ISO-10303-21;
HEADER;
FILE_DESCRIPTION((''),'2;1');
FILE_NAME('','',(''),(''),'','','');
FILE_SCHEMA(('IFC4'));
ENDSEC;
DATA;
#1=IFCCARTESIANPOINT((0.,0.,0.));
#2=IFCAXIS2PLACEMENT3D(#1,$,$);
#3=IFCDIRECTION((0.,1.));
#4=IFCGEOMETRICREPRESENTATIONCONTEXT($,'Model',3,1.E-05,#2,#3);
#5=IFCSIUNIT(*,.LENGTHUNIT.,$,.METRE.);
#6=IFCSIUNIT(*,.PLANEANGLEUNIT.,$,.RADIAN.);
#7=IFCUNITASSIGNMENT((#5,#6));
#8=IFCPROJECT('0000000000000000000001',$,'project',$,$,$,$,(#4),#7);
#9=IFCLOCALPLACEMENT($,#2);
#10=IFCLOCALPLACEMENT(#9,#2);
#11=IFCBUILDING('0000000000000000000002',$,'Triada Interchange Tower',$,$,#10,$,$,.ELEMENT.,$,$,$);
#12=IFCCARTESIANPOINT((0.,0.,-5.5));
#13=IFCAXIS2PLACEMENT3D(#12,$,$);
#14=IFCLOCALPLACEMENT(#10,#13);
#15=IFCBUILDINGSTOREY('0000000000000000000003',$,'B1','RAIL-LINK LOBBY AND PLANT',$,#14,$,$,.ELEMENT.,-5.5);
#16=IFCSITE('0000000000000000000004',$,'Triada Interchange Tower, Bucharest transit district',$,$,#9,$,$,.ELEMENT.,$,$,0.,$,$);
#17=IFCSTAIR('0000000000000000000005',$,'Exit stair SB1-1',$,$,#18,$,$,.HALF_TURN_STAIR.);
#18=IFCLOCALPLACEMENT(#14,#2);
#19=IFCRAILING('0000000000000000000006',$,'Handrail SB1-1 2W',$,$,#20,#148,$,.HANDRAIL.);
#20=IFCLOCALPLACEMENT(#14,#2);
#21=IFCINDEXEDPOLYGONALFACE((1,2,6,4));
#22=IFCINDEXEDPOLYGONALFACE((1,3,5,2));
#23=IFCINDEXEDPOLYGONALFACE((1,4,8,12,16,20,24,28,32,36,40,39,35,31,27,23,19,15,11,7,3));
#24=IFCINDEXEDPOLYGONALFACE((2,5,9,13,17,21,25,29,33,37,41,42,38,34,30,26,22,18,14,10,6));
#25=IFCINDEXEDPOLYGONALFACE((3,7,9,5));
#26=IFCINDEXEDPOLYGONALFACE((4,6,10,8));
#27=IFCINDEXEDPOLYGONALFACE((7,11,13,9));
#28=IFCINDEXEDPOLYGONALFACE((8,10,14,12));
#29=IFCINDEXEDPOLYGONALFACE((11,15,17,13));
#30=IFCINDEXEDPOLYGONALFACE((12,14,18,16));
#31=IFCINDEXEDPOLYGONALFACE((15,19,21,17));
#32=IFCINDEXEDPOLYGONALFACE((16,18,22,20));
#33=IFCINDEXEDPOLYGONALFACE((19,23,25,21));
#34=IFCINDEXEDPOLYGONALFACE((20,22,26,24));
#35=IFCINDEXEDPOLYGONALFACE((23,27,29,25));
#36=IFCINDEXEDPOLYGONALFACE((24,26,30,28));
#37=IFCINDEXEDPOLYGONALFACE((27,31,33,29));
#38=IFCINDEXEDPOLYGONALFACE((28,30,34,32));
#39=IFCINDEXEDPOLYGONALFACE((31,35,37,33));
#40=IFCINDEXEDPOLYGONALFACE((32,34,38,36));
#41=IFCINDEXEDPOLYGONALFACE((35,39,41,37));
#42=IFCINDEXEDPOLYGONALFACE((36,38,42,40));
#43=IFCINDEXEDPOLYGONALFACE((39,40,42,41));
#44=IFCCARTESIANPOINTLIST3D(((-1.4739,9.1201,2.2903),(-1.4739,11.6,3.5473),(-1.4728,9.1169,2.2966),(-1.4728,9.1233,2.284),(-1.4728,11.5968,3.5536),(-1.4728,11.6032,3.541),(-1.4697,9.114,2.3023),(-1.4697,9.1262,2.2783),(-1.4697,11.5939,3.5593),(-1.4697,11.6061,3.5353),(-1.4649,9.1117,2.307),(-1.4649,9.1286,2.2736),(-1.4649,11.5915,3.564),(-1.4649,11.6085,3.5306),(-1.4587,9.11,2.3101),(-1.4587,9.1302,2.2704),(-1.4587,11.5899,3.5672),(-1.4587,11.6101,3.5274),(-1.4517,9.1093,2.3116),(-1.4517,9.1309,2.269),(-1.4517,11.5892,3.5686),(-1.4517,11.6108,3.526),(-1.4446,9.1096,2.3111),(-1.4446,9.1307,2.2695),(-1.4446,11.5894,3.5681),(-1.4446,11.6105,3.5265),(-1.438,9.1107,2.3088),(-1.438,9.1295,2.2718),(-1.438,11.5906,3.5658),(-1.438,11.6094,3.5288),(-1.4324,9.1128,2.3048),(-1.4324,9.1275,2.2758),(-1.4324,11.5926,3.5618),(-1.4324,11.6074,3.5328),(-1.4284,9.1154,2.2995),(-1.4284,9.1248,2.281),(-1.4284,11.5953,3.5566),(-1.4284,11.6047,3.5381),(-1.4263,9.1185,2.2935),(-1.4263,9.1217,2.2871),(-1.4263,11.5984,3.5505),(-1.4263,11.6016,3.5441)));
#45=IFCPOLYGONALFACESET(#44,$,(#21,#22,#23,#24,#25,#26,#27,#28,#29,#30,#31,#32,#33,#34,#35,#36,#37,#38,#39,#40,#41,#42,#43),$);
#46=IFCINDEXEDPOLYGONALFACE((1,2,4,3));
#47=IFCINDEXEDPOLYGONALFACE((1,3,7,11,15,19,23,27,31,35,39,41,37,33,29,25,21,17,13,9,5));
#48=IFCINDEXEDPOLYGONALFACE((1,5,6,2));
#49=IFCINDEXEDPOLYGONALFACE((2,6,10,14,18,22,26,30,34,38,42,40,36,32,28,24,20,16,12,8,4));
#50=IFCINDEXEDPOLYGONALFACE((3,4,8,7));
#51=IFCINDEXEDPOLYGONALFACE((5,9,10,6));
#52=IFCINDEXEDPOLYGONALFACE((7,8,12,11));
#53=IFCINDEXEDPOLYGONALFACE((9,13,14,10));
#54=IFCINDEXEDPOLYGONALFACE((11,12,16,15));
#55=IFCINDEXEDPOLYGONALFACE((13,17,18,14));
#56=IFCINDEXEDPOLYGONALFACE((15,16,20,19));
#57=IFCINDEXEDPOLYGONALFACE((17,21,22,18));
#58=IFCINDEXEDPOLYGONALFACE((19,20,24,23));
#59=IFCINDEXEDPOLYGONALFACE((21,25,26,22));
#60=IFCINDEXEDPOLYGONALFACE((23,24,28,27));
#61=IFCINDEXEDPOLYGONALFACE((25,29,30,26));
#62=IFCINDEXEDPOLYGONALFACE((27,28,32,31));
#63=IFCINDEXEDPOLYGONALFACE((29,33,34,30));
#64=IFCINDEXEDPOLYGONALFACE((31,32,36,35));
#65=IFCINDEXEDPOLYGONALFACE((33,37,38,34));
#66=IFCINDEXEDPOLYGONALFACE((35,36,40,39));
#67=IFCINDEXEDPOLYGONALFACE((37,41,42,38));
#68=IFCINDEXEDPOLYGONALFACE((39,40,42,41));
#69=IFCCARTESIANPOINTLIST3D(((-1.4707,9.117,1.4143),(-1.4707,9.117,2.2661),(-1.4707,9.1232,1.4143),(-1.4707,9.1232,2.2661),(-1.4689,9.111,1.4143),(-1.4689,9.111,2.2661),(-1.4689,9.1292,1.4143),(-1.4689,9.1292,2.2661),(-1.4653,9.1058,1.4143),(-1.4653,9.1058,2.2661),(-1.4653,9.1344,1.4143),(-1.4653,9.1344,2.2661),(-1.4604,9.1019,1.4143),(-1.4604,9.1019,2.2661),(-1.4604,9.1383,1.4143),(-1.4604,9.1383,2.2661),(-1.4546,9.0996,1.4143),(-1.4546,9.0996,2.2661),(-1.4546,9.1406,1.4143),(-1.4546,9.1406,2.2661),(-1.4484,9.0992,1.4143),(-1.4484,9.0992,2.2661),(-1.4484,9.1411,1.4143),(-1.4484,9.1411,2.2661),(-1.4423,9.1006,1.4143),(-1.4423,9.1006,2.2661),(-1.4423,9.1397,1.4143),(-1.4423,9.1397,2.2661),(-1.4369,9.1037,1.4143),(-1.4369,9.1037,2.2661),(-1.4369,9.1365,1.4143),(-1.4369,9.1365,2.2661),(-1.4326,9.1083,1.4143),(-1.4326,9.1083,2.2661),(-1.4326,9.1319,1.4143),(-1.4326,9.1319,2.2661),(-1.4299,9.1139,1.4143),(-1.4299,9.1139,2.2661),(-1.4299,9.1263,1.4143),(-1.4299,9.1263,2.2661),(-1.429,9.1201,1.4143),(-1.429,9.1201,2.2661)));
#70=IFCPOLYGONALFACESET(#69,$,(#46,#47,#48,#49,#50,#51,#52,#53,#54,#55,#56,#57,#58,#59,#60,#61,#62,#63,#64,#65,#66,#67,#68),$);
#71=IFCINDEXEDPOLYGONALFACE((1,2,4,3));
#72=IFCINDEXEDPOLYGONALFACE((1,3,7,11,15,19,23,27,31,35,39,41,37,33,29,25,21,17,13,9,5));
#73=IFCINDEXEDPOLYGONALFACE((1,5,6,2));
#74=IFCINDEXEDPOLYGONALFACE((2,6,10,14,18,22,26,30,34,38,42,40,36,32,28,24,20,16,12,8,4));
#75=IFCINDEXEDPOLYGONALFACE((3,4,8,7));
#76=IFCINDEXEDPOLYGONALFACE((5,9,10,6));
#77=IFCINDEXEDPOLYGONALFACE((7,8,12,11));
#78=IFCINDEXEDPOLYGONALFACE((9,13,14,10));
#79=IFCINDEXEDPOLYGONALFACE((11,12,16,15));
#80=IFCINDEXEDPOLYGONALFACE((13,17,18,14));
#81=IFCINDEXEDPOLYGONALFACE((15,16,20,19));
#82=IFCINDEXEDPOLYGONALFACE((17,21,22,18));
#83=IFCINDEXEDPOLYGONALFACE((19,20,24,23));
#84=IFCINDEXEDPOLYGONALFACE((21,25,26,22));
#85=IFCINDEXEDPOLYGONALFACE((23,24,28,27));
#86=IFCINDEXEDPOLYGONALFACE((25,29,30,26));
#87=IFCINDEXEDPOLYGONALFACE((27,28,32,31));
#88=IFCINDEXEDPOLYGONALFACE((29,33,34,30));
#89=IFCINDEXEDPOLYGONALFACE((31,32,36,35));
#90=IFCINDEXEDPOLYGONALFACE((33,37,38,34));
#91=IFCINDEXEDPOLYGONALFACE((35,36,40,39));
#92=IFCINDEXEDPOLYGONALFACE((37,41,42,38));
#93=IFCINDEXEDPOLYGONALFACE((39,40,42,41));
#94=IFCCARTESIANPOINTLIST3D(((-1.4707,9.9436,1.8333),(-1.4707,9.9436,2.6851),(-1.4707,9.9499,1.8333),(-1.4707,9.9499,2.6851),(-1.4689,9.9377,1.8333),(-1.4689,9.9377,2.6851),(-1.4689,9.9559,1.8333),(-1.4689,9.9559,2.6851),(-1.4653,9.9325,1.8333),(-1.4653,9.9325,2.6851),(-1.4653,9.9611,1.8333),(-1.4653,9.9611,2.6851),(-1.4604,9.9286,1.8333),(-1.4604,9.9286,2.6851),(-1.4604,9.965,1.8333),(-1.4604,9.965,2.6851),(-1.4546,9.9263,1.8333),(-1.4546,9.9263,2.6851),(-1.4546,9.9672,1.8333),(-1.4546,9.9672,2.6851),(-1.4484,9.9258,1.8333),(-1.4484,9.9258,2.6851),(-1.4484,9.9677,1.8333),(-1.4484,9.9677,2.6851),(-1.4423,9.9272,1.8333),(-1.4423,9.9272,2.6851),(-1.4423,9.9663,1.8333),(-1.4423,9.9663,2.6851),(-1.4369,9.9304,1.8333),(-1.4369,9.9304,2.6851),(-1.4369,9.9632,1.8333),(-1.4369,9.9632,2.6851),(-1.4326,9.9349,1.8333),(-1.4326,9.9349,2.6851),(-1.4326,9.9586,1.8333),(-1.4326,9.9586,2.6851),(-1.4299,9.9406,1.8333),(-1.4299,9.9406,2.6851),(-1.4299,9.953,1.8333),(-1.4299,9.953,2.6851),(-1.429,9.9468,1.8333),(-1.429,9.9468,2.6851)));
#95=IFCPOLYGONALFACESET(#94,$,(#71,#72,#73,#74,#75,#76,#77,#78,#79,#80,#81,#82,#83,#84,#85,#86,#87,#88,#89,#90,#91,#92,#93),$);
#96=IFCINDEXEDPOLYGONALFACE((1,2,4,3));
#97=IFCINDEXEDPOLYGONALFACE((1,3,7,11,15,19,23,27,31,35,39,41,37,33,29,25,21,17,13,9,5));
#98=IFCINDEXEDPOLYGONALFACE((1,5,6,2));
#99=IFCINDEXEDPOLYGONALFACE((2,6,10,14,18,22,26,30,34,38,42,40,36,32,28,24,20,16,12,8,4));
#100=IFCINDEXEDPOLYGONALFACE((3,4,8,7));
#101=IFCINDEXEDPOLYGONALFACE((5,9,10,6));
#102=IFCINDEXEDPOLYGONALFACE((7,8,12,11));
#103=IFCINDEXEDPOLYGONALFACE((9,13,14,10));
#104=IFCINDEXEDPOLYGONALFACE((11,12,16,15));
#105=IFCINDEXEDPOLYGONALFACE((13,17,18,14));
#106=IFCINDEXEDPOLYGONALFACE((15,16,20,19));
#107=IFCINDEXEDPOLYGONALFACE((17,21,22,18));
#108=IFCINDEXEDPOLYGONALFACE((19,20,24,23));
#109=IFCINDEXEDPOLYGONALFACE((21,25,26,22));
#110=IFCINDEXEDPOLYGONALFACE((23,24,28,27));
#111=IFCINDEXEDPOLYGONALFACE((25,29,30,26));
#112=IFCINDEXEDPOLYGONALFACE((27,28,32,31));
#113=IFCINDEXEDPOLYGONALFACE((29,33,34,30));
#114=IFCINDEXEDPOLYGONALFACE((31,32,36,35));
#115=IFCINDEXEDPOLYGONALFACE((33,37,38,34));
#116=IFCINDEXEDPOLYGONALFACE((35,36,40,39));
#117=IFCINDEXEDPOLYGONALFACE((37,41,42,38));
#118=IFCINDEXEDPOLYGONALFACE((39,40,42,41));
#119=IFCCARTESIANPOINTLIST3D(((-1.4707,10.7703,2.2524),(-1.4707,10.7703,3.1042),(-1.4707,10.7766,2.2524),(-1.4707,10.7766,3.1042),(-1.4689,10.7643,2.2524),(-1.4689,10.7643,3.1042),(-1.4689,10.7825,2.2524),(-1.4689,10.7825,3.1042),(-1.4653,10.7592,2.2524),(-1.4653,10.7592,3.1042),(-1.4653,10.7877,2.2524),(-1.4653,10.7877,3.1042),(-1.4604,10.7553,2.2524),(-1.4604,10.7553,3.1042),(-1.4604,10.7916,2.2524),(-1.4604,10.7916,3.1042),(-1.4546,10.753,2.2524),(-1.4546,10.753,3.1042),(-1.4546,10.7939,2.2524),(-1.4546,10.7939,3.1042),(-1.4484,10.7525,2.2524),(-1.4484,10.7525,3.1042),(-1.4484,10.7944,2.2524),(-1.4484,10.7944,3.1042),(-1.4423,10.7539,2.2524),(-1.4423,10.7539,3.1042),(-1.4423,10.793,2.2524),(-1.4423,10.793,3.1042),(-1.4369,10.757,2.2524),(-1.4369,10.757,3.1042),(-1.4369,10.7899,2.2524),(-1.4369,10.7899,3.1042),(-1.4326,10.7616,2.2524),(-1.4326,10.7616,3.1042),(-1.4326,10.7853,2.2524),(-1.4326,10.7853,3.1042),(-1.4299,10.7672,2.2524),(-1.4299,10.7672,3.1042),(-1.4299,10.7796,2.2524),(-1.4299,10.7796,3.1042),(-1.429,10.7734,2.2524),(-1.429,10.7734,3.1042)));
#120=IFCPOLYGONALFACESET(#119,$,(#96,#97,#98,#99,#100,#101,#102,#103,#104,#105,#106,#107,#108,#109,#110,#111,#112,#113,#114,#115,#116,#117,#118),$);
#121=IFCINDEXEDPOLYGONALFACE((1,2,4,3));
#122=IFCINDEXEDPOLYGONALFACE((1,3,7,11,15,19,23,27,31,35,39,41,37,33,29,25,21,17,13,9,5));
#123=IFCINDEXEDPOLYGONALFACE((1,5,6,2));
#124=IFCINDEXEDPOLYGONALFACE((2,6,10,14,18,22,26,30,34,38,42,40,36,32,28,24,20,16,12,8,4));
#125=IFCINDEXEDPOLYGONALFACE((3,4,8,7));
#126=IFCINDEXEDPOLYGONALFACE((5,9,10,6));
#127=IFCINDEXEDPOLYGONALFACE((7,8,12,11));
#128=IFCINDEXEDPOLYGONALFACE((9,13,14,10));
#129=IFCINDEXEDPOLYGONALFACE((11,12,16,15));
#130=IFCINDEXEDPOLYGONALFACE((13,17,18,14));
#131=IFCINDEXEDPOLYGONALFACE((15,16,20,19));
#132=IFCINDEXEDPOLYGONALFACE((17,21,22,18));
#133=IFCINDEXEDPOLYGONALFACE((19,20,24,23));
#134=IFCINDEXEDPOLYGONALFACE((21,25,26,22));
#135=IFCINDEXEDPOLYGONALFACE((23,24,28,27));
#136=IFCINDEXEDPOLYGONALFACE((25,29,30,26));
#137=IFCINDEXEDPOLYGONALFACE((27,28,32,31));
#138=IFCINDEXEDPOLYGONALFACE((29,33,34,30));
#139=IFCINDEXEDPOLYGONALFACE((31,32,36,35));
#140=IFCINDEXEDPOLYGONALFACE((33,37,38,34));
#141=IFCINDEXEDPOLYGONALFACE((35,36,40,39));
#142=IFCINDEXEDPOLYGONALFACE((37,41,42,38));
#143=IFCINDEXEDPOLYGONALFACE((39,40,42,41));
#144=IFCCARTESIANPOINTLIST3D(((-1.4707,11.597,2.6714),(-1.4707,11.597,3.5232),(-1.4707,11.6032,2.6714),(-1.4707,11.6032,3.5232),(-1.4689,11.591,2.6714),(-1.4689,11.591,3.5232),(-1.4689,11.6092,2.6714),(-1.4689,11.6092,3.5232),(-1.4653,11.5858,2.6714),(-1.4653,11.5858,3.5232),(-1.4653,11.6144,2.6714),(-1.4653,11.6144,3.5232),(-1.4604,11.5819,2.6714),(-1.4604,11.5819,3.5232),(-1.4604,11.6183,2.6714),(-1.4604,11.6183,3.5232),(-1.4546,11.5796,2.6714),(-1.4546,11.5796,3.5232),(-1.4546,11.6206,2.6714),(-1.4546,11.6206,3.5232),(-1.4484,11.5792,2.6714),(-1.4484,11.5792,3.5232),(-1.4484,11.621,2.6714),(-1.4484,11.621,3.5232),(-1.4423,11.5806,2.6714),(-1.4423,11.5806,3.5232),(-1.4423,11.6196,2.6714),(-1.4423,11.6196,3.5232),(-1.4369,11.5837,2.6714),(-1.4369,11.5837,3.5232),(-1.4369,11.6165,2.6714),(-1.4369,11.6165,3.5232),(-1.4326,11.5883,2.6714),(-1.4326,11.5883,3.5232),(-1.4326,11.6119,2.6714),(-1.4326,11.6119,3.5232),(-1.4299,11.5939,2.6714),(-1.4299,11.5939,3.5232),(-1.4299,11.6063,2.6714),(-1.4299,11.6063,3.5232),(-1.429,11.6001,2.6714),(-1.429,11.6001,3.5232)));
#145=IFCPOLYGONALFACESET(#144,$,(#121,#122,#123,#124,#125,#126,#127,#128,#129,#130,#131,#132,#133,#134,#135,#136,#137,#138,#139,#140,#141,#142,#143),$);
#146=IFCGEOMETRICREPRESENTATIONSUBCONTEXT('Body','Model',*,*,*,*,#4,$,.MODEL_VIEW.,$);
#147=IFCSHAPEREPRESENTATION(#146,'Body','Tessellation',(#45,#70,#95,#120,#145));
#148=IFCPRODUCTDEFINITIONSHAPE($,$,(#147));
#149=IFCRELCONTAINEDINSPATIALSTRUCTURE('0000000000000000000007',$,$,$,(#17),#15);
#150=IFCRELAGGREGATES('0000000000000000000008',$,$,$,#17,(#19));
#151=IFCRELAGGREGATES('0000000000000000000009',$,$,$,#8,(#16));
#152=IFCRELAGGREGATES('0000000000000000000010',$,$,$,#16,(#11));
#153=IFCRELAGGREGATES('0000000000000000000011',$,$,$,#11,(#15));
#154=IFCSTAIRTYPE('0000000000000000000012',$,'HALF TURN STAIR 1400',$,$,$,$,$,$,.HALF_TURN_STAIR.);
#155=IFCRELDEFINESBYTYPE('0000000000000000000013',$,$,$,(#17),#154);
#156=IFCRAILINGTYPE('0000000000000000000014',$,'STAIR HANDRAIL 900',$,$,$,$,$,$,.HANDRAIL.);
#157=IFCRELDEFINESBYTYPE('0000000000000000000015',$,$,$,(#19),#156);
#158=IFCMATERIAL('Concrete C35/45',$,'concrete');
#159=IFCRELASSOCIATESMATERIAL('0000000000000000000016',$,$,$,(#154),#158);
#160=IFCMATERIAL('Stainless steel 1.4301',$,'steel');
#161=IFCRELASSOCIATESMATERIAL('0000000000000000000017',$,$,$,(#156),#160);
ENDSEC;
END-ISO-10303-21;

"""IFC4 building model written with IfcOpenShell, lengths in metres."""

from ifc_helpers import new_model, si_unit, direction, frame, origin, origin_2d, place, context, subcontext, project, spatial, circle, extrude, material, type_object, element, aggregate, save


model = new_model("IFC4")

# Units and contexts
model_context = context("Model", 3, precision=1e-05, world=origin(), true_north=direction((0.0, 1.0)))
body_context = subcontext(model_context, "Body", "Model", "MODEL_VIEW")
ifc_project = project(units=[si_unit("LENGTHUNIT", "METRE"), si_unit("PLANEANGLEUNIT", "RADIAN")], contexts=[model_context])

# Site, building, storey
site_placement = place(None, origin())
site = spatial("IfcSite", under=ifc_project, at=site_placement, Name="Triada Interchange Tower, Bucharest transit district", CompositionType="ELEMENT", RefElevation=0.0)
building_placement = place(site_placement, origin())
building = spatial("IfcBuilding", under=site, at=building_placement, Name="Triada Interchange Tower", CompositionType="ELEMENT")
storey_placement = place(building_placement, frame((0.0, 0.0, -5.5)))
storey = spatial("IfcBuildingStorey", under=building, at=storey_placement, Name="B1", Description="RAIL-LINK LOBBY AND PLANT", CompositionType="ELEMENT", Elevation=-5.5)

# Stair, railing
ifc_material_1 = material(Name="Concrete C35/45", Category="concrete")
stair_type = type_object("IfcStairType", Name="HALF TURN STAIR 1400", PredefinedType="HALF_TURN_STAIR", material=ifc_material_1)
stair_placement = place(storey_placement, origin())
stair = element("IfcStair", 1, at=stair_placement, inside=storey, type_object=stair_type, Name="Exit stair SB1-1", PredefinedType="HALF_TURN_STAIR")
ifc_material_2 = material(Name="Stainless steel 1.4301", Category="steel")
railing_type = type_object("IfcRailingType", Name="STAIR HANDRAIL 900", PredefinedType="HANDRAIL", material=ifc_material_2)
railing_1_placement = place(storey_placement, frame((-1.45, 9.1201, 1.4143)))
railing_1 = element("IfcRailing", 2, at=railing_1_placement, type_object=railing_type, Name="Handrail SB1-1 2W", PredefinedType="HANDRAIL", context=body_context, shape_type="SweptSolid", body=[
    extrude(circle(Radius=0.0239, at=origin_2d()), frame((0.0, 0.0, 0.876), z_axis=(0.0, 0.891955, 0.452124), x_axis=(-1.0, 0.0, 0.0)), (0.0, 0.0, 1.0), 2.7803),
    extrude(circle(Radius=0.021, at=origin_2d()), origin(), (0.0, 0.0, 1.0), 0.8518),
    extrude(circle(Radius=0.021, at=origin_2d()), frame((0.0, 0.8267, 0.4189)), (0.0, 0.0, 1.0), 0.8518),
    extrude(circle(Radius=0.021, at=origin_2d()), frame((0.0, 1.6533, 0.8381)), (0.0, 0.0, 1.0), 0.8518),
    extrude(circle(Radius=0.021, at=origin_2d()), frame((0.0, 2.48, 1.2571)), (0.0, 0.0, 1.0), 0.8518),
])
aggregate(stair, [railing_1])

save(model, "model.ifc")
